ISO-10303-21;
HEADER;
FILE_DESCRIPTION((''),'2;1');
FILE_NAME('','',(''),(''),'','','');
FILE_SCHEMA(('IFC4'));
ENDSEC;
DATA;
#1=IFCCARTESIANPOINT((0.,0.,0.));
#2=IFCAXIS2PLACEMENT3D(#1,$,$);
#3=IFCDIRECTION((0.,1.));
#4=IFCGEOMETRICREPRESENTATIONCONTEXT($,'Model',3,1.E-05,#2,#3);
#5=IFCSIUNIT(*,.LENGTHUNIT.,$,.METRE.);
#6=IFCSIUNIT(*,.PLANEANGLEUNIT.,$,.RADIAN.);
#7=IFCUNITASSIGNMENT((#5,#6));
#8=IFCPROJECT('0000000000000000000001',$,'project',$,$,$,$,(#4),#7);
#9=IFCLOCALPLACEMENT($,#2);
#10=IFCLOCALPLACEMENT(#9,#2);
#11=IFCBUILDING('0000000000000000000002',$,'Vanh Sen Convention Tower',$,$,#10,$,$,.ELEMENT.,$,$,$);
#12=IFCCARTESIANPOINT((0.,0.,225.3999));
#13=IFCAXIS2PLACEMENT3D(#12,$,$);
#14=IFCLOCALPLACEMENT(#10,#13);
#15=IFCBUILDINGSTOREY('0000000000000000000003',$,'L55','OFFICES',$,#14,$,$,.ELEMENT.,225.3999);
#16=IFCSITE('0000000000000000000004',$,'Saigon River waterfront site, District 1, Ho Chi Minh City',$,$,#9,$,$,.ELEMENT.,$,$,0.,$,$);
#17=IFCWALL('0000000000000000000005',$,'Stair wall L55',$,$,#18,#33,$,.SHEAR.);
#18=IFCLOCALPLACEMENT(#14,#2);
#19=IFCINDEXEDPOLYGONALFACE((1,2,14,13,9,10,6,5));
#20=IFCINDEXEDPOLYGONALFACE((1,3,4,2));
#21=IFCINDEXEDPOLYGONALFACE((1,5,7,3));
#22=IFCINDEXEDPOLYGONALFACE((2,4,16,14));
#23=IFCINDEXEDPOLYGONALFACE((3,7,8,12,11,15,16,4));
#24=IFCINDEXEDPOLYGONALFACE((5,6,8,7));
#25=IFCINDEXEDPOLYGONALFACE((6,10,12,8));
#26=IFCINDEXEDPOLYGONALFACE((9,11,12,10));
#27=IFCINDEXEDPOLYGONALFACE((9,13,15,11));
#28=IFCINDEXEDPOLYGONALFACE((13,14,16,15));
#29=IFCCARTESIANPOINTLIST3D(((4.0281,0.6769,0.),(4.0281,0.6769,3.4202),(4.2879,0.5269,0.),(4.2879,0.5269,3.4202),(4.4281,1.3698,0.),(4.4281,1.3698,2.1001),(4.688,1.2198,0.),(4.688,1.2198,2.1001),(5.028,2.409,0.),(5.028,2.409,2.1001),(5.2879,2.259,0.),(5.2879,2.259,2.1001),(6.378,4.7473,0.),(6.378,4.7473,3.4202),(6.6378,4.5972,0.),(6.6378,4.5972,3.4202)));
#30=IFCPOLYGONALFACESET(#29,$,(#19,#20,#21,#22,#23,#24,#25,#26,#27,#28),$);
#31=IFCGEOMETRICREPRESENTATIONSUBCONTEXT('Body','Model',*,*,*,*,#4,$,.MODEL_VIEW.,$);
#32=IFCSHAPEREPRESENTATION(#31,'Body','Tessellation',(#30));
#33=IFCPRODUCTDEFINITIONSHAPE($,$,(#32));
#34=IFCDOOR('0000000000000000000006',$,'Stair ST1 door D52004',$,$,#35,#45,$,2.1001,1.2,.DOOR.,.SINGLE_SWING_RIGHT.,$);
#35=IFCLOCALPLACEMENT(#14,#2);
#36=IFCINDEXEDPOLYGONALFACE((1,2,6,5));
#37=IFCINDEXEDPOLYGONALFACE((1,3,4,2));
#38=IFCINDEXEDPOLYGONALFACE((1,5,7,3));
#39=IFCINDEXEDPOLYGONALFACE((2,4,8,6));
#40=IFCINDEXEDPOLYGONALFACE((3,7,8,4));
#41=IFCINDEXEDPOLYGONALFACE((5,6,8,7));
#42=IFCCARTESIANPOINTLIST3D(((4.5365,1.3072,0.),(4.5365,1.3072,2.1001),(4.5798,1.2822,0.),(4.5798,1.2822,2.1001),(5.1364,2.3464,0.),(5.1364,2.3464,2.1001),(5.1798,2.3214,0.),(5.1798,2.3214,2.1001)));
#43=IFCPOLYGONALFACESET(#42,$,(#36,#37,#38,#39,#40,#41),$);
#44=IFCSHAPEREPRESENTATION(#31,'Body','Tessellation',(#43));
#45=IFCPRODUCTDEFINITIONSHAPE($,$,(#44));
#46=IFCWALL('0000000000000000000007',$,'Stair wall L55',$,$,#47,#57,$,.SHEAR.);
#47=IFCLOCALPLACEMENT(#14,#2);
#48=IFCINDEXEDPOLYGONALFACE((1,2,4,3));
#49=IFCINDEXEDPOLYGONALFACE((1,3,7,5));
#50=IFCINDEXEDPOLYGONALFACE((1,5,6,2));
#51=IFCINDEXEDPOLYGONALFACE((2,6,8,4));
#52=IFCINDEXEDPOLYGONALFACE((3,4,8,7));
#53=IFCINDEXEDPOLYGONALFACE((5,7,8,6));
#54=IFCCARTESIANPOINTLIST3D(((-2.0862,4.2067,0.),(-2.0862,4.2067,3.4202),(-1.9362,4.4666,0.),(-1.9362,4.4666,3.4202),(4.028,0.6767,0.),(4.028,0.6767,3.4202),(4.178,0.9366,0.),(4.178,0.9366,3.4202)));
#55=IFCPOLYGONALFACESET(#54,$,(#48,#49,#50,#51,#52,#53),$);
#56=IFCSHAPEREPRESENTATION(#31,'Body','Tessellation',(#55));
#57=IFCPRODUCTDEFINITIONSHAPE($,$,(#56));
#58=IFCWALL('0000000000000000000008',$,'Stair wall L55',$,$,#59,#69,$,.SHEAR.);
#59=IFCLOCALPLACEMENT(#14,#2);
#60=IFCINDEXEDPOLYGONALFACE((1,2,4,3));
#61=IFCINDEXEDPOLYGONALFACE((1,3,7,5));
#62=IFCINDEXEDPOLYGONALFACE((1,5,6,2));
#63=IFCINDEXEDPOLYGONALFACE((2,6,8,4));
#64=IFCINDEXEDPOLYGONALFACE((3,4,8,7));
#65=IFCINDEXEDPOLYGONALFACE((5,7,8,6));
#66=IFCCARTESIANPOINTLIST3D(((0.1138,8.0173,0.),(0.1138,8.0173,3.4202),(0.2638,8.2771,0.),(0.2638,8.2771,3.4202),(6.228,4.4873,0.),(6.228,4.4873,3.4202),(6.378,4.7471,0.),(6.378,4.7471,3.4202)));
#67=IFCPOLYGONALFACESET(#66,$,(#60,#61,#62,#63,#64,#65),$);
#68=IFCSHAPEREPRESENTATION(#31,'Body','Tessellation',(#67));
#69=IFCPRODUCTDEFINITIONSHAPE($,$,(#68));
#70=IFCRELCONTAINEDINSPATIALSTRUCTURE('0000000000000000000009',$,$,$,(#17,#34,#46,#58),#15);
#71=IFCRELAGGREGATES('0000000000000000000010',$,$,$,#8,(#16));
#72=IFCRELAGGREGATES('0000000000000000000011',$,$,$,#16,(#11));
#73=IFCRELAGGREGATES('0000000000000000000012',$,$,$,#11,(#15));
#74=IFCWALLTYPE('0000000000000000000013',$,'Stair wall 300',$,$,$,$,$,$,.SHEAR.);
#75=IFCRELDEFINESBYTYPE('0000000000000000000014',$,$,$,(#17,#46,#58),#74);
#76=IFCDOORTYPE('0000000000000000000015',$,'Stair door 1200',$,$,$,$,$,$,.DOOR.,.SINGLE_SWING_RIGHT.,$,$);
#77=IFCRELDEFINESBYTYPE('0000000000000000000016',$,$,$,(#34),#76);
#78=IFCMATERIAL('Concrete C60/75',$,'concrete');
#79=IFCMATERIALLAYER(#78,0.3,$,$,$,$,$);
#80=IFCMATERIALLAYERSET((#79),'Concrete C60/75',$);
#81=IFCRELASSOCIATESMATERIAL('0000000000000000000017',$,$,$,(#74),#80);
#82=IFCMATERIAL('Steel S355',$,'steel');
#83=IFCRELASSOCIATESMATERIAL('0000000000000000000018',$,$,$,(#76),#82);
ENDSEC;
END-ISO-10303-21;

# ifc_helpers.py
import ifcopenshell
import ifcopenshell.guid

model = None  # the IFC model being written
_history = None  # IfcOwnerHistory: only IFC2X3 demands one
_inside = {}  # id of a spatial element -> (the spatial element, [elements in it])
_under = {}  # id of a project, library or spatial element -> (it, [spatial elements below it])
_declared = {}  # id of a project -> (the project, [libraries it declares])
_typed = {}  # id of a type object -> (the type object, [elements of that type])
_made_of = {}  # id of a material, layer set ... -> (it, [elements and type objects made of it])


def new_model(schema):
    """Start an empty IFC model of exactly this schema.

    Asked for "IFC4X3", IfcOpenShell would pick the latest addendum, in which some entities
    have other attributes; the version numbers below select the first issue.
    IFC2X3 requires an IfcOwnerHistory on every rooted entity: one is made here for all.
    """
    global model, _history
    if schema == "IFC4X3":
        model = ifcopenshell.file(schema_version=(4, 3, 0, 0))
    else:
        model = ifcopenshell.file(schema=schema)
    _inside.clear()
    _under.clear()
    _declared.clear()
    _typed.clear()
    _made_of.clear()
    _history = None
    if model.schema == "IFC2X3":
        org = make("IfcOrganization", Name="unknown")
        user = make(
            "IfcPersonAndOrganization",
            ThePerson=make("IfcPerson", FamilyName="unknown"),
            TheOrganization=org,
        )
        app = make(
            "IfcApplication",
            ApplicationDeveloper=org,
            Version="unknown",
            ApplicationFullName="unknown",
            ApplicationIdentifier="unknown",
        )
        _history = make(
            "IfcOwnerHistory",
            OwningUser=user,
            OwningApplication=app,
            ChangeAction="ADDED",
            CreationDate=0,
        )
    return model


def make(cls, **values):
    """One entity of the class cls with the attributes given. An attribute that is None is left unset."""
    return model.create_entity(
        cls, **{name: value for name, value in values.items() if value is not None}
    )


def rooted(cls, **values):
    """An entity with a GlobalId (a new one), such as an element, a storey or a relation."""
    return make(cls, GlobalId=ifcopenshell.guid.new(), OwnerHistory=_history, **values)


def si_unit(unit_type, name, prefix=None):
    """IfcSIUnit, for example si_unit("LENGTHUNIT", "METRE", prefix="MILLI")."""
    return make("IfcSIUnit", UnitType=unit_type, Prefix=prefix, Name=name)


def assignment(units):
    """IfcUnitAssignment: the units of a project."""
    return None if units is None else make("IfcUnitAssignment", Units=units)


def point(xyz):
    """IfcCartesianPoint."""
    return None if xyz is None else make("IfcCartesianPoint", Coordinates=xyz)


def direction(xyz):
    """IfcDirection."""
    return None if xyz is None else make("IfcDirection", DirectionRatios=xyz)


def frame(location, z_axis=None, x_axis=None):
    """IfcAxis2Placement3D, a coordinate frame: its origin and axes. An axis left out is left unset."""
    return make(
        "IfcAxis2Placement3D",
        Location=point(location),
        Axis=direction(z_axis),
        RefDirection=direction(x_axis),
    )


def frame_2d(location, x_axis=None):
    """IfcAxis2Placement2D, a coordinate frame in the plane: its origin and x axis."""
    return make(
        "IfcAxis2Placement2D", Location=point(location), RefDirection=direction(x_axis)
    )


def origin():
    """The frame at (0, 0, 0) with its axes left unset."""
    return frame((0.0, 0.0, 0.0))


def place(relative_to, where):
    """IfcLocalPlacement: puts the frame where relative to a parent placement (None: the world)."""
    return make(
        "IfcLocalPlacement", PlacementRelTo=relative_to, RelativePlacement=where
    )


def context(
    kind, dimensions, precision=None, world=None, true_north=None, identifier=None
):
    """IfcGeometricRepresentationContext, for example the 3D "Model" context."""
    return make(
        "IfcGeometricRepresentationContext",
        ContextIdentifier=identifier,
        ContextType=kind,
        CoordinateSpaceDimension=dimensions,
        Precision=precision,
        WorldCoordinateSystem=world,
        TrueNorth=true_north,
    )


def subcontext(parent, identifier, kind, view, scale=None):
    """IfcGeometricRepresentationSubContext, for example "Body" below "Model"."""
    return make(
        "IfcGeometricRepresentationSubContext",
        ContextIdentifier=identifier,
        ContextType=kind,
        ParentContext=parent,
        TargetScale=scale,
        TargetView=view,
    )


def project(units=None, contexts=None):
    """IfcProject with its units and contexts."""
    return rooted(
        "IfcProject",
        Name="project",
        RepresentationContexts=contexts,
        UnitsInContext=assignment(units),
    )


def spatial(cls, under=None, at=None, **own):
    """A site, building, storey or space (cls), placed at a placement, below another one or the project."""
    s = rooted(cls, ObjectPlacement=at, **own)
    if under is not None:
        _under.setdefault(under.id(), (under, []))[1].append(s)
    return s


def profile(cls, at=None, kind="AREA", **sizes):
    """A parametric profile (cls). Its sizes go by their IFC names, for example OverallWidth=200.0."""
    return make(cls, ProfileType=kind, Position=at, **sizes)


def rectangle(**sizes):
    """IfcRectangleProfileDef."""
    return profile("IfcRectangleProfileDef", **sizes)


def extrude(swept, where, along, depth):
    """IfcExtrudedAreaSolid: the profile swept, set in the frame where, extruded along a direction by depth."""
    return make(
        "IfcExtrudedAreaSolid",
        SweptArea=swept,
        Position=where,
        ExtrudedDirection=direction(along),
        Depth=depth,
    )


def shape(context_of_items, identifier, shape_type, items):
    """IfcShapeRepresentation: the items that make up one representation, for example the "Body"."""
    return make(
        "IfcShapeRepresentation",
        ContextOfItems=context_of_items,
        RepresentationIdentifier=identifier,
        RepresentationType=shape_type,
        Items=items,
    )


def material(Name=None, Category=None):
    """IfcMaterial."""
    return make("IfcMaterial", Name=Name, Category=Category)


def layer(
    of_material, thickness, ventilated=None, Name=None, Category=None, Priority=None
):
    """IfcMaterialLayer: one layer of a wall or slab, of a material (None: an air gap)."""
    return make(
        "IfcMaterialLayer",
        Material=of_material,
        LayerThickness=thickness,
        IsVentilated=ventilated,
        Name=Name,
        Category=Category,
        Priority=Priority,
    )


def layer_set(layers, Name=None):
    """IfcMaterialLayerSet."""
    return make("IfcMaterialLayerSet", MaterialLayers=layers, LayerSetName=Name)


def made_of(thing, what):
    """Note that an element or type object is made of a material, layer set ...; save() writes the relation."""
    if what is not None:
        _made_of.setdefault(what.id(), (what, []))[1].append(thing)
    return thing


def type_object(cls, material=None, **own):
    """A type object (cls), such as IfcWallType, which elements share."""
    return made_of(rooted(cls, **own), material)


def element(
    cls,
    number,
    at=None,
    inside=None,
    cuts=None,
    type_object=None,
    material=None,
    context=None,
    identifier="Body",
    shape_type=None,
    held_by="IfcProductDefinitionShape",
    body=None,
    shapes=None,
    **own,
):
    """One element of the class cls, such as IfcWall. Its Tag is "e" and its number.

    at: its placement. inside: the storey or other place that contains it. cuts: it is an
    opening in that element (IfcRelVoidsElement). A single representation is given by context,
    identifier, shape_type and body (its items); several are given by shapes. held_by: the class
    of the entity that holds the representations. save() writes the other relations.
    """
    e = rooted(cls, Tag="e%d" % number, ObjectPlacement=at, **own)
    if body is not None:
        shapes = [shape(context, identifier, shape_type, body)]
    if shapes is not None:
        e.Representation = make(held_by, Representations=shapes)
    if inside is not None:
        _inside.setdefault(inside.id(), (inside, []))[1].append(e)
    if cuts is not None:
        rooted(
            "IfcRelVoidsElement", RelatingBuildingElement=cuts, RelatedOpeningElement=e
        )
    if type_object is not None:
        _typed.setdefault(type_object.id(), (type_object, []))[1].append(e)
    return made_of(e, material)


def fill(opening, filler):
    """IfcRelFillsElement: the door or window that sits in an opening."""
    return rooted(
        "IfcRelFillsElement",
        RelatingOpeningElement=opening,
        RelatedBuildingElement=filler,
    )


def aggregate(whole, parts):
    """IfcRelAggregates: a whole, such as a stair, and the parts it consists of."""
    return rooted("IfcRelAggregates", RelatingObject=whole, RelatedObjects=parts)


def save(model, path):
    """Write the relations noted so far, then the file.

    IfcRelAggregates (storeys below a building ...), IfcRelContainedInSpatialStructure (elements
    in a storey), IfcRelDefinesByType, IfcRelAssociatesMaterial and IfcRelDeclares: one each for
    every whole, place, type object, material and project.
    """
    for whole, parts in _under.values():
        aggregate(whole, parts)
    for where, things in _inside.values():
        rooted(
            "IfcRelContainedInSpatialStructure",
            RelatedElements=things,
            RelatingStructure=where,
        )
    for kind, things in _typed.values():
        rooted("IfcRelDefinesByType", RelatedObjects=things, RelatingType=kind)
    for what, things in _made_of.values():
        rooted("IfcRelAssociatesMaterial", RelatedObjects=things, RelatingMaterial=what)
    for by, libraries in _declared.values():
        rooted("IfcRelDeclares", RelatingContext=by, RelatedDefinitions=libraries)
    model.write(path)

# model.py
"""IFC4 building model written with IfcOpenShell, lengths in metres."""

from ifc_helpers import new_model, si_unit, direction, frame, frame_2d, origin, place, context, subcontext, project, spatial, rectangle, extrude, material, layer, layer_set, type_object, element, fill, save


model = new_model("IFC4")

# Units and contexts
model_context = context("Model", 3, precision=1e-05, world=origin(), true_north=direction((0.0, 1.0)))
body_context = subcontext(model_context, "Body", "Model", "MODEL_VIEW")
ifc_project = project(units=[si_unit("LENGTHUNIT", "METRE"), si_unit("PLANEANGLEUNIT", "RADIAN")], contexts=[model_context])

# Site, building, storey
site_placement = place(None, origin())
site = spatial("IfcSite", under=ifc_project, at=site_placement, Name="Saigon River waterfront site, District 1, Ho Chi Minh City", CompositionType="ELEMENT", RefElevation=0.0)
building_placement = place(site_placement, origin())
building = spatial("IfcBuilding", under=site, at=building_placement, Name="Vanh Sen Convention Tower", CompositionType="ELEMENT")
storey_placement = place(building_placement, frame((0.0, 0.0, 225.3999)))
storey = spatial("IfcBuildingStorey", under=building, at=storey_placement, Name="L55", Description="OFFICES", CompositionType="ELEMENT", Elevation=225.3999)

# Shared definitions
ifc_material_1 = material(Name="Concrete C60/75", Category="concrete")
ifc_material_2 = material(Name="Steel S355", Category="steel")

# Wall, opening, door
ifc_layer_1 = layer(ifc_material_1, 0.3)
ifc_layer_set_1 = layer_set([ifc_layer_1], Name="Concrete C60/75")
wall_type_1 = type_object("IfcWallType", Name="Stair wall 300", PredefinedType="SHEAR", material=ifc_layer_set_1)
wall_1_placement = place(storey_placement, frame((4.158, 0.6018, 0.0), z_axis=(0.0, 0.0, 1.0), x_axis=(0.499977, 0.866039, 0.0)))
wall_1 = element("IfcWall", 1, at=wall_1_placement, inside=storey, type_object=wall_type_1, Name="Stair wall L55", PredefinedType="SHEAR", context=body_context, shape_type="SweptSolid", body=[
    extrude(rectangle(XDim=4.7, YDim=0.3, at=frame_2d((2.3501, 0.0))), origin(), (0.0, 0.0, 1.0), 3.4202),
])
opening_1_placement = place(wall_1_placement, frame((0.8, 0.0, 0.0)))
opening_1 = element("IfcOpeningElement", 2, at=opening_1_placement, cuts=wall_1, PredefinedType="OPENING", context=body_context, shape_type="SweptSolid", body=[
    extrude(rectangle(XDim=1.2, YDim=2.1001, at=frame_2d((0.6001, 1.05))), frame((0.0, 0.1599, 0.0), z_axis=(0.0, -1.0, 0.0), x_axis=(1.0, 0.0, 0.0)), (0.0, 0.0, 1.0), 0.3201),
])
door_type_1 = type_object("IfcDoorType", Name="Stair door 1200", OperationType="SINGLE_SWING_RIGHT", PredefinedType="DOOR", material=ifc_material_2)
door_1_placement = place(opening_1_placement, origin())
door_1 = element("IfcDoor", 3, at=door_1_placement, inside=storey, type_object=door_type_1, Name="Stair ST1 door D52004", OperationType="SINGLE_SWING_RIGHT", OverallHeight=2.1001, OverallWidth=1.2, PredefinedType="DOOR", context=body_context, shape_type="SweptSolid", body=[
    extrude(rectangle(XDim=1.2, YDim=2.1001, at=frame_2d((0.6001, 1.05))), frame((0.0, 0.0249, 0.0), z_axis=(0.0, -1.0, 0.0), x_axis=(1.0, 0.0, 0.0)), (0.0, 0.0, 1.0), 0.05),
])
fill(opening_1, door_1)

# Walls
for number, where, z_axis, x_axis, name in (
    (4, (4.103, 0.8066, 0.0), (0.0, 0.0, 1.0), (-0.866028, 0.499996, 0.0), "Stair wall L55"),
    (5, (6.303, 4.6172, 0.0), (0.0, 0.0, 1.0), (-0.866028, 0.499996, 0.0), "Stair wall L55"),
):
    element("IfcWall", number, at=place(storey_placement, frame(where, z_axis=z_axis, x_axis=x_axis)), inside=storey, type_object=wall_type_1, Name=name, PredefinedType="SHEAR", context=body_context, shape_type="SweptSolid", body=[
        extrude(rectangle(XDim=7.0601, YDim=0.3, at=frame_2d((3.53, 0.0))), origin(), (0.0, 0.0, 1.0), 3.4202),
    ])

save(model, "model.ifc")
